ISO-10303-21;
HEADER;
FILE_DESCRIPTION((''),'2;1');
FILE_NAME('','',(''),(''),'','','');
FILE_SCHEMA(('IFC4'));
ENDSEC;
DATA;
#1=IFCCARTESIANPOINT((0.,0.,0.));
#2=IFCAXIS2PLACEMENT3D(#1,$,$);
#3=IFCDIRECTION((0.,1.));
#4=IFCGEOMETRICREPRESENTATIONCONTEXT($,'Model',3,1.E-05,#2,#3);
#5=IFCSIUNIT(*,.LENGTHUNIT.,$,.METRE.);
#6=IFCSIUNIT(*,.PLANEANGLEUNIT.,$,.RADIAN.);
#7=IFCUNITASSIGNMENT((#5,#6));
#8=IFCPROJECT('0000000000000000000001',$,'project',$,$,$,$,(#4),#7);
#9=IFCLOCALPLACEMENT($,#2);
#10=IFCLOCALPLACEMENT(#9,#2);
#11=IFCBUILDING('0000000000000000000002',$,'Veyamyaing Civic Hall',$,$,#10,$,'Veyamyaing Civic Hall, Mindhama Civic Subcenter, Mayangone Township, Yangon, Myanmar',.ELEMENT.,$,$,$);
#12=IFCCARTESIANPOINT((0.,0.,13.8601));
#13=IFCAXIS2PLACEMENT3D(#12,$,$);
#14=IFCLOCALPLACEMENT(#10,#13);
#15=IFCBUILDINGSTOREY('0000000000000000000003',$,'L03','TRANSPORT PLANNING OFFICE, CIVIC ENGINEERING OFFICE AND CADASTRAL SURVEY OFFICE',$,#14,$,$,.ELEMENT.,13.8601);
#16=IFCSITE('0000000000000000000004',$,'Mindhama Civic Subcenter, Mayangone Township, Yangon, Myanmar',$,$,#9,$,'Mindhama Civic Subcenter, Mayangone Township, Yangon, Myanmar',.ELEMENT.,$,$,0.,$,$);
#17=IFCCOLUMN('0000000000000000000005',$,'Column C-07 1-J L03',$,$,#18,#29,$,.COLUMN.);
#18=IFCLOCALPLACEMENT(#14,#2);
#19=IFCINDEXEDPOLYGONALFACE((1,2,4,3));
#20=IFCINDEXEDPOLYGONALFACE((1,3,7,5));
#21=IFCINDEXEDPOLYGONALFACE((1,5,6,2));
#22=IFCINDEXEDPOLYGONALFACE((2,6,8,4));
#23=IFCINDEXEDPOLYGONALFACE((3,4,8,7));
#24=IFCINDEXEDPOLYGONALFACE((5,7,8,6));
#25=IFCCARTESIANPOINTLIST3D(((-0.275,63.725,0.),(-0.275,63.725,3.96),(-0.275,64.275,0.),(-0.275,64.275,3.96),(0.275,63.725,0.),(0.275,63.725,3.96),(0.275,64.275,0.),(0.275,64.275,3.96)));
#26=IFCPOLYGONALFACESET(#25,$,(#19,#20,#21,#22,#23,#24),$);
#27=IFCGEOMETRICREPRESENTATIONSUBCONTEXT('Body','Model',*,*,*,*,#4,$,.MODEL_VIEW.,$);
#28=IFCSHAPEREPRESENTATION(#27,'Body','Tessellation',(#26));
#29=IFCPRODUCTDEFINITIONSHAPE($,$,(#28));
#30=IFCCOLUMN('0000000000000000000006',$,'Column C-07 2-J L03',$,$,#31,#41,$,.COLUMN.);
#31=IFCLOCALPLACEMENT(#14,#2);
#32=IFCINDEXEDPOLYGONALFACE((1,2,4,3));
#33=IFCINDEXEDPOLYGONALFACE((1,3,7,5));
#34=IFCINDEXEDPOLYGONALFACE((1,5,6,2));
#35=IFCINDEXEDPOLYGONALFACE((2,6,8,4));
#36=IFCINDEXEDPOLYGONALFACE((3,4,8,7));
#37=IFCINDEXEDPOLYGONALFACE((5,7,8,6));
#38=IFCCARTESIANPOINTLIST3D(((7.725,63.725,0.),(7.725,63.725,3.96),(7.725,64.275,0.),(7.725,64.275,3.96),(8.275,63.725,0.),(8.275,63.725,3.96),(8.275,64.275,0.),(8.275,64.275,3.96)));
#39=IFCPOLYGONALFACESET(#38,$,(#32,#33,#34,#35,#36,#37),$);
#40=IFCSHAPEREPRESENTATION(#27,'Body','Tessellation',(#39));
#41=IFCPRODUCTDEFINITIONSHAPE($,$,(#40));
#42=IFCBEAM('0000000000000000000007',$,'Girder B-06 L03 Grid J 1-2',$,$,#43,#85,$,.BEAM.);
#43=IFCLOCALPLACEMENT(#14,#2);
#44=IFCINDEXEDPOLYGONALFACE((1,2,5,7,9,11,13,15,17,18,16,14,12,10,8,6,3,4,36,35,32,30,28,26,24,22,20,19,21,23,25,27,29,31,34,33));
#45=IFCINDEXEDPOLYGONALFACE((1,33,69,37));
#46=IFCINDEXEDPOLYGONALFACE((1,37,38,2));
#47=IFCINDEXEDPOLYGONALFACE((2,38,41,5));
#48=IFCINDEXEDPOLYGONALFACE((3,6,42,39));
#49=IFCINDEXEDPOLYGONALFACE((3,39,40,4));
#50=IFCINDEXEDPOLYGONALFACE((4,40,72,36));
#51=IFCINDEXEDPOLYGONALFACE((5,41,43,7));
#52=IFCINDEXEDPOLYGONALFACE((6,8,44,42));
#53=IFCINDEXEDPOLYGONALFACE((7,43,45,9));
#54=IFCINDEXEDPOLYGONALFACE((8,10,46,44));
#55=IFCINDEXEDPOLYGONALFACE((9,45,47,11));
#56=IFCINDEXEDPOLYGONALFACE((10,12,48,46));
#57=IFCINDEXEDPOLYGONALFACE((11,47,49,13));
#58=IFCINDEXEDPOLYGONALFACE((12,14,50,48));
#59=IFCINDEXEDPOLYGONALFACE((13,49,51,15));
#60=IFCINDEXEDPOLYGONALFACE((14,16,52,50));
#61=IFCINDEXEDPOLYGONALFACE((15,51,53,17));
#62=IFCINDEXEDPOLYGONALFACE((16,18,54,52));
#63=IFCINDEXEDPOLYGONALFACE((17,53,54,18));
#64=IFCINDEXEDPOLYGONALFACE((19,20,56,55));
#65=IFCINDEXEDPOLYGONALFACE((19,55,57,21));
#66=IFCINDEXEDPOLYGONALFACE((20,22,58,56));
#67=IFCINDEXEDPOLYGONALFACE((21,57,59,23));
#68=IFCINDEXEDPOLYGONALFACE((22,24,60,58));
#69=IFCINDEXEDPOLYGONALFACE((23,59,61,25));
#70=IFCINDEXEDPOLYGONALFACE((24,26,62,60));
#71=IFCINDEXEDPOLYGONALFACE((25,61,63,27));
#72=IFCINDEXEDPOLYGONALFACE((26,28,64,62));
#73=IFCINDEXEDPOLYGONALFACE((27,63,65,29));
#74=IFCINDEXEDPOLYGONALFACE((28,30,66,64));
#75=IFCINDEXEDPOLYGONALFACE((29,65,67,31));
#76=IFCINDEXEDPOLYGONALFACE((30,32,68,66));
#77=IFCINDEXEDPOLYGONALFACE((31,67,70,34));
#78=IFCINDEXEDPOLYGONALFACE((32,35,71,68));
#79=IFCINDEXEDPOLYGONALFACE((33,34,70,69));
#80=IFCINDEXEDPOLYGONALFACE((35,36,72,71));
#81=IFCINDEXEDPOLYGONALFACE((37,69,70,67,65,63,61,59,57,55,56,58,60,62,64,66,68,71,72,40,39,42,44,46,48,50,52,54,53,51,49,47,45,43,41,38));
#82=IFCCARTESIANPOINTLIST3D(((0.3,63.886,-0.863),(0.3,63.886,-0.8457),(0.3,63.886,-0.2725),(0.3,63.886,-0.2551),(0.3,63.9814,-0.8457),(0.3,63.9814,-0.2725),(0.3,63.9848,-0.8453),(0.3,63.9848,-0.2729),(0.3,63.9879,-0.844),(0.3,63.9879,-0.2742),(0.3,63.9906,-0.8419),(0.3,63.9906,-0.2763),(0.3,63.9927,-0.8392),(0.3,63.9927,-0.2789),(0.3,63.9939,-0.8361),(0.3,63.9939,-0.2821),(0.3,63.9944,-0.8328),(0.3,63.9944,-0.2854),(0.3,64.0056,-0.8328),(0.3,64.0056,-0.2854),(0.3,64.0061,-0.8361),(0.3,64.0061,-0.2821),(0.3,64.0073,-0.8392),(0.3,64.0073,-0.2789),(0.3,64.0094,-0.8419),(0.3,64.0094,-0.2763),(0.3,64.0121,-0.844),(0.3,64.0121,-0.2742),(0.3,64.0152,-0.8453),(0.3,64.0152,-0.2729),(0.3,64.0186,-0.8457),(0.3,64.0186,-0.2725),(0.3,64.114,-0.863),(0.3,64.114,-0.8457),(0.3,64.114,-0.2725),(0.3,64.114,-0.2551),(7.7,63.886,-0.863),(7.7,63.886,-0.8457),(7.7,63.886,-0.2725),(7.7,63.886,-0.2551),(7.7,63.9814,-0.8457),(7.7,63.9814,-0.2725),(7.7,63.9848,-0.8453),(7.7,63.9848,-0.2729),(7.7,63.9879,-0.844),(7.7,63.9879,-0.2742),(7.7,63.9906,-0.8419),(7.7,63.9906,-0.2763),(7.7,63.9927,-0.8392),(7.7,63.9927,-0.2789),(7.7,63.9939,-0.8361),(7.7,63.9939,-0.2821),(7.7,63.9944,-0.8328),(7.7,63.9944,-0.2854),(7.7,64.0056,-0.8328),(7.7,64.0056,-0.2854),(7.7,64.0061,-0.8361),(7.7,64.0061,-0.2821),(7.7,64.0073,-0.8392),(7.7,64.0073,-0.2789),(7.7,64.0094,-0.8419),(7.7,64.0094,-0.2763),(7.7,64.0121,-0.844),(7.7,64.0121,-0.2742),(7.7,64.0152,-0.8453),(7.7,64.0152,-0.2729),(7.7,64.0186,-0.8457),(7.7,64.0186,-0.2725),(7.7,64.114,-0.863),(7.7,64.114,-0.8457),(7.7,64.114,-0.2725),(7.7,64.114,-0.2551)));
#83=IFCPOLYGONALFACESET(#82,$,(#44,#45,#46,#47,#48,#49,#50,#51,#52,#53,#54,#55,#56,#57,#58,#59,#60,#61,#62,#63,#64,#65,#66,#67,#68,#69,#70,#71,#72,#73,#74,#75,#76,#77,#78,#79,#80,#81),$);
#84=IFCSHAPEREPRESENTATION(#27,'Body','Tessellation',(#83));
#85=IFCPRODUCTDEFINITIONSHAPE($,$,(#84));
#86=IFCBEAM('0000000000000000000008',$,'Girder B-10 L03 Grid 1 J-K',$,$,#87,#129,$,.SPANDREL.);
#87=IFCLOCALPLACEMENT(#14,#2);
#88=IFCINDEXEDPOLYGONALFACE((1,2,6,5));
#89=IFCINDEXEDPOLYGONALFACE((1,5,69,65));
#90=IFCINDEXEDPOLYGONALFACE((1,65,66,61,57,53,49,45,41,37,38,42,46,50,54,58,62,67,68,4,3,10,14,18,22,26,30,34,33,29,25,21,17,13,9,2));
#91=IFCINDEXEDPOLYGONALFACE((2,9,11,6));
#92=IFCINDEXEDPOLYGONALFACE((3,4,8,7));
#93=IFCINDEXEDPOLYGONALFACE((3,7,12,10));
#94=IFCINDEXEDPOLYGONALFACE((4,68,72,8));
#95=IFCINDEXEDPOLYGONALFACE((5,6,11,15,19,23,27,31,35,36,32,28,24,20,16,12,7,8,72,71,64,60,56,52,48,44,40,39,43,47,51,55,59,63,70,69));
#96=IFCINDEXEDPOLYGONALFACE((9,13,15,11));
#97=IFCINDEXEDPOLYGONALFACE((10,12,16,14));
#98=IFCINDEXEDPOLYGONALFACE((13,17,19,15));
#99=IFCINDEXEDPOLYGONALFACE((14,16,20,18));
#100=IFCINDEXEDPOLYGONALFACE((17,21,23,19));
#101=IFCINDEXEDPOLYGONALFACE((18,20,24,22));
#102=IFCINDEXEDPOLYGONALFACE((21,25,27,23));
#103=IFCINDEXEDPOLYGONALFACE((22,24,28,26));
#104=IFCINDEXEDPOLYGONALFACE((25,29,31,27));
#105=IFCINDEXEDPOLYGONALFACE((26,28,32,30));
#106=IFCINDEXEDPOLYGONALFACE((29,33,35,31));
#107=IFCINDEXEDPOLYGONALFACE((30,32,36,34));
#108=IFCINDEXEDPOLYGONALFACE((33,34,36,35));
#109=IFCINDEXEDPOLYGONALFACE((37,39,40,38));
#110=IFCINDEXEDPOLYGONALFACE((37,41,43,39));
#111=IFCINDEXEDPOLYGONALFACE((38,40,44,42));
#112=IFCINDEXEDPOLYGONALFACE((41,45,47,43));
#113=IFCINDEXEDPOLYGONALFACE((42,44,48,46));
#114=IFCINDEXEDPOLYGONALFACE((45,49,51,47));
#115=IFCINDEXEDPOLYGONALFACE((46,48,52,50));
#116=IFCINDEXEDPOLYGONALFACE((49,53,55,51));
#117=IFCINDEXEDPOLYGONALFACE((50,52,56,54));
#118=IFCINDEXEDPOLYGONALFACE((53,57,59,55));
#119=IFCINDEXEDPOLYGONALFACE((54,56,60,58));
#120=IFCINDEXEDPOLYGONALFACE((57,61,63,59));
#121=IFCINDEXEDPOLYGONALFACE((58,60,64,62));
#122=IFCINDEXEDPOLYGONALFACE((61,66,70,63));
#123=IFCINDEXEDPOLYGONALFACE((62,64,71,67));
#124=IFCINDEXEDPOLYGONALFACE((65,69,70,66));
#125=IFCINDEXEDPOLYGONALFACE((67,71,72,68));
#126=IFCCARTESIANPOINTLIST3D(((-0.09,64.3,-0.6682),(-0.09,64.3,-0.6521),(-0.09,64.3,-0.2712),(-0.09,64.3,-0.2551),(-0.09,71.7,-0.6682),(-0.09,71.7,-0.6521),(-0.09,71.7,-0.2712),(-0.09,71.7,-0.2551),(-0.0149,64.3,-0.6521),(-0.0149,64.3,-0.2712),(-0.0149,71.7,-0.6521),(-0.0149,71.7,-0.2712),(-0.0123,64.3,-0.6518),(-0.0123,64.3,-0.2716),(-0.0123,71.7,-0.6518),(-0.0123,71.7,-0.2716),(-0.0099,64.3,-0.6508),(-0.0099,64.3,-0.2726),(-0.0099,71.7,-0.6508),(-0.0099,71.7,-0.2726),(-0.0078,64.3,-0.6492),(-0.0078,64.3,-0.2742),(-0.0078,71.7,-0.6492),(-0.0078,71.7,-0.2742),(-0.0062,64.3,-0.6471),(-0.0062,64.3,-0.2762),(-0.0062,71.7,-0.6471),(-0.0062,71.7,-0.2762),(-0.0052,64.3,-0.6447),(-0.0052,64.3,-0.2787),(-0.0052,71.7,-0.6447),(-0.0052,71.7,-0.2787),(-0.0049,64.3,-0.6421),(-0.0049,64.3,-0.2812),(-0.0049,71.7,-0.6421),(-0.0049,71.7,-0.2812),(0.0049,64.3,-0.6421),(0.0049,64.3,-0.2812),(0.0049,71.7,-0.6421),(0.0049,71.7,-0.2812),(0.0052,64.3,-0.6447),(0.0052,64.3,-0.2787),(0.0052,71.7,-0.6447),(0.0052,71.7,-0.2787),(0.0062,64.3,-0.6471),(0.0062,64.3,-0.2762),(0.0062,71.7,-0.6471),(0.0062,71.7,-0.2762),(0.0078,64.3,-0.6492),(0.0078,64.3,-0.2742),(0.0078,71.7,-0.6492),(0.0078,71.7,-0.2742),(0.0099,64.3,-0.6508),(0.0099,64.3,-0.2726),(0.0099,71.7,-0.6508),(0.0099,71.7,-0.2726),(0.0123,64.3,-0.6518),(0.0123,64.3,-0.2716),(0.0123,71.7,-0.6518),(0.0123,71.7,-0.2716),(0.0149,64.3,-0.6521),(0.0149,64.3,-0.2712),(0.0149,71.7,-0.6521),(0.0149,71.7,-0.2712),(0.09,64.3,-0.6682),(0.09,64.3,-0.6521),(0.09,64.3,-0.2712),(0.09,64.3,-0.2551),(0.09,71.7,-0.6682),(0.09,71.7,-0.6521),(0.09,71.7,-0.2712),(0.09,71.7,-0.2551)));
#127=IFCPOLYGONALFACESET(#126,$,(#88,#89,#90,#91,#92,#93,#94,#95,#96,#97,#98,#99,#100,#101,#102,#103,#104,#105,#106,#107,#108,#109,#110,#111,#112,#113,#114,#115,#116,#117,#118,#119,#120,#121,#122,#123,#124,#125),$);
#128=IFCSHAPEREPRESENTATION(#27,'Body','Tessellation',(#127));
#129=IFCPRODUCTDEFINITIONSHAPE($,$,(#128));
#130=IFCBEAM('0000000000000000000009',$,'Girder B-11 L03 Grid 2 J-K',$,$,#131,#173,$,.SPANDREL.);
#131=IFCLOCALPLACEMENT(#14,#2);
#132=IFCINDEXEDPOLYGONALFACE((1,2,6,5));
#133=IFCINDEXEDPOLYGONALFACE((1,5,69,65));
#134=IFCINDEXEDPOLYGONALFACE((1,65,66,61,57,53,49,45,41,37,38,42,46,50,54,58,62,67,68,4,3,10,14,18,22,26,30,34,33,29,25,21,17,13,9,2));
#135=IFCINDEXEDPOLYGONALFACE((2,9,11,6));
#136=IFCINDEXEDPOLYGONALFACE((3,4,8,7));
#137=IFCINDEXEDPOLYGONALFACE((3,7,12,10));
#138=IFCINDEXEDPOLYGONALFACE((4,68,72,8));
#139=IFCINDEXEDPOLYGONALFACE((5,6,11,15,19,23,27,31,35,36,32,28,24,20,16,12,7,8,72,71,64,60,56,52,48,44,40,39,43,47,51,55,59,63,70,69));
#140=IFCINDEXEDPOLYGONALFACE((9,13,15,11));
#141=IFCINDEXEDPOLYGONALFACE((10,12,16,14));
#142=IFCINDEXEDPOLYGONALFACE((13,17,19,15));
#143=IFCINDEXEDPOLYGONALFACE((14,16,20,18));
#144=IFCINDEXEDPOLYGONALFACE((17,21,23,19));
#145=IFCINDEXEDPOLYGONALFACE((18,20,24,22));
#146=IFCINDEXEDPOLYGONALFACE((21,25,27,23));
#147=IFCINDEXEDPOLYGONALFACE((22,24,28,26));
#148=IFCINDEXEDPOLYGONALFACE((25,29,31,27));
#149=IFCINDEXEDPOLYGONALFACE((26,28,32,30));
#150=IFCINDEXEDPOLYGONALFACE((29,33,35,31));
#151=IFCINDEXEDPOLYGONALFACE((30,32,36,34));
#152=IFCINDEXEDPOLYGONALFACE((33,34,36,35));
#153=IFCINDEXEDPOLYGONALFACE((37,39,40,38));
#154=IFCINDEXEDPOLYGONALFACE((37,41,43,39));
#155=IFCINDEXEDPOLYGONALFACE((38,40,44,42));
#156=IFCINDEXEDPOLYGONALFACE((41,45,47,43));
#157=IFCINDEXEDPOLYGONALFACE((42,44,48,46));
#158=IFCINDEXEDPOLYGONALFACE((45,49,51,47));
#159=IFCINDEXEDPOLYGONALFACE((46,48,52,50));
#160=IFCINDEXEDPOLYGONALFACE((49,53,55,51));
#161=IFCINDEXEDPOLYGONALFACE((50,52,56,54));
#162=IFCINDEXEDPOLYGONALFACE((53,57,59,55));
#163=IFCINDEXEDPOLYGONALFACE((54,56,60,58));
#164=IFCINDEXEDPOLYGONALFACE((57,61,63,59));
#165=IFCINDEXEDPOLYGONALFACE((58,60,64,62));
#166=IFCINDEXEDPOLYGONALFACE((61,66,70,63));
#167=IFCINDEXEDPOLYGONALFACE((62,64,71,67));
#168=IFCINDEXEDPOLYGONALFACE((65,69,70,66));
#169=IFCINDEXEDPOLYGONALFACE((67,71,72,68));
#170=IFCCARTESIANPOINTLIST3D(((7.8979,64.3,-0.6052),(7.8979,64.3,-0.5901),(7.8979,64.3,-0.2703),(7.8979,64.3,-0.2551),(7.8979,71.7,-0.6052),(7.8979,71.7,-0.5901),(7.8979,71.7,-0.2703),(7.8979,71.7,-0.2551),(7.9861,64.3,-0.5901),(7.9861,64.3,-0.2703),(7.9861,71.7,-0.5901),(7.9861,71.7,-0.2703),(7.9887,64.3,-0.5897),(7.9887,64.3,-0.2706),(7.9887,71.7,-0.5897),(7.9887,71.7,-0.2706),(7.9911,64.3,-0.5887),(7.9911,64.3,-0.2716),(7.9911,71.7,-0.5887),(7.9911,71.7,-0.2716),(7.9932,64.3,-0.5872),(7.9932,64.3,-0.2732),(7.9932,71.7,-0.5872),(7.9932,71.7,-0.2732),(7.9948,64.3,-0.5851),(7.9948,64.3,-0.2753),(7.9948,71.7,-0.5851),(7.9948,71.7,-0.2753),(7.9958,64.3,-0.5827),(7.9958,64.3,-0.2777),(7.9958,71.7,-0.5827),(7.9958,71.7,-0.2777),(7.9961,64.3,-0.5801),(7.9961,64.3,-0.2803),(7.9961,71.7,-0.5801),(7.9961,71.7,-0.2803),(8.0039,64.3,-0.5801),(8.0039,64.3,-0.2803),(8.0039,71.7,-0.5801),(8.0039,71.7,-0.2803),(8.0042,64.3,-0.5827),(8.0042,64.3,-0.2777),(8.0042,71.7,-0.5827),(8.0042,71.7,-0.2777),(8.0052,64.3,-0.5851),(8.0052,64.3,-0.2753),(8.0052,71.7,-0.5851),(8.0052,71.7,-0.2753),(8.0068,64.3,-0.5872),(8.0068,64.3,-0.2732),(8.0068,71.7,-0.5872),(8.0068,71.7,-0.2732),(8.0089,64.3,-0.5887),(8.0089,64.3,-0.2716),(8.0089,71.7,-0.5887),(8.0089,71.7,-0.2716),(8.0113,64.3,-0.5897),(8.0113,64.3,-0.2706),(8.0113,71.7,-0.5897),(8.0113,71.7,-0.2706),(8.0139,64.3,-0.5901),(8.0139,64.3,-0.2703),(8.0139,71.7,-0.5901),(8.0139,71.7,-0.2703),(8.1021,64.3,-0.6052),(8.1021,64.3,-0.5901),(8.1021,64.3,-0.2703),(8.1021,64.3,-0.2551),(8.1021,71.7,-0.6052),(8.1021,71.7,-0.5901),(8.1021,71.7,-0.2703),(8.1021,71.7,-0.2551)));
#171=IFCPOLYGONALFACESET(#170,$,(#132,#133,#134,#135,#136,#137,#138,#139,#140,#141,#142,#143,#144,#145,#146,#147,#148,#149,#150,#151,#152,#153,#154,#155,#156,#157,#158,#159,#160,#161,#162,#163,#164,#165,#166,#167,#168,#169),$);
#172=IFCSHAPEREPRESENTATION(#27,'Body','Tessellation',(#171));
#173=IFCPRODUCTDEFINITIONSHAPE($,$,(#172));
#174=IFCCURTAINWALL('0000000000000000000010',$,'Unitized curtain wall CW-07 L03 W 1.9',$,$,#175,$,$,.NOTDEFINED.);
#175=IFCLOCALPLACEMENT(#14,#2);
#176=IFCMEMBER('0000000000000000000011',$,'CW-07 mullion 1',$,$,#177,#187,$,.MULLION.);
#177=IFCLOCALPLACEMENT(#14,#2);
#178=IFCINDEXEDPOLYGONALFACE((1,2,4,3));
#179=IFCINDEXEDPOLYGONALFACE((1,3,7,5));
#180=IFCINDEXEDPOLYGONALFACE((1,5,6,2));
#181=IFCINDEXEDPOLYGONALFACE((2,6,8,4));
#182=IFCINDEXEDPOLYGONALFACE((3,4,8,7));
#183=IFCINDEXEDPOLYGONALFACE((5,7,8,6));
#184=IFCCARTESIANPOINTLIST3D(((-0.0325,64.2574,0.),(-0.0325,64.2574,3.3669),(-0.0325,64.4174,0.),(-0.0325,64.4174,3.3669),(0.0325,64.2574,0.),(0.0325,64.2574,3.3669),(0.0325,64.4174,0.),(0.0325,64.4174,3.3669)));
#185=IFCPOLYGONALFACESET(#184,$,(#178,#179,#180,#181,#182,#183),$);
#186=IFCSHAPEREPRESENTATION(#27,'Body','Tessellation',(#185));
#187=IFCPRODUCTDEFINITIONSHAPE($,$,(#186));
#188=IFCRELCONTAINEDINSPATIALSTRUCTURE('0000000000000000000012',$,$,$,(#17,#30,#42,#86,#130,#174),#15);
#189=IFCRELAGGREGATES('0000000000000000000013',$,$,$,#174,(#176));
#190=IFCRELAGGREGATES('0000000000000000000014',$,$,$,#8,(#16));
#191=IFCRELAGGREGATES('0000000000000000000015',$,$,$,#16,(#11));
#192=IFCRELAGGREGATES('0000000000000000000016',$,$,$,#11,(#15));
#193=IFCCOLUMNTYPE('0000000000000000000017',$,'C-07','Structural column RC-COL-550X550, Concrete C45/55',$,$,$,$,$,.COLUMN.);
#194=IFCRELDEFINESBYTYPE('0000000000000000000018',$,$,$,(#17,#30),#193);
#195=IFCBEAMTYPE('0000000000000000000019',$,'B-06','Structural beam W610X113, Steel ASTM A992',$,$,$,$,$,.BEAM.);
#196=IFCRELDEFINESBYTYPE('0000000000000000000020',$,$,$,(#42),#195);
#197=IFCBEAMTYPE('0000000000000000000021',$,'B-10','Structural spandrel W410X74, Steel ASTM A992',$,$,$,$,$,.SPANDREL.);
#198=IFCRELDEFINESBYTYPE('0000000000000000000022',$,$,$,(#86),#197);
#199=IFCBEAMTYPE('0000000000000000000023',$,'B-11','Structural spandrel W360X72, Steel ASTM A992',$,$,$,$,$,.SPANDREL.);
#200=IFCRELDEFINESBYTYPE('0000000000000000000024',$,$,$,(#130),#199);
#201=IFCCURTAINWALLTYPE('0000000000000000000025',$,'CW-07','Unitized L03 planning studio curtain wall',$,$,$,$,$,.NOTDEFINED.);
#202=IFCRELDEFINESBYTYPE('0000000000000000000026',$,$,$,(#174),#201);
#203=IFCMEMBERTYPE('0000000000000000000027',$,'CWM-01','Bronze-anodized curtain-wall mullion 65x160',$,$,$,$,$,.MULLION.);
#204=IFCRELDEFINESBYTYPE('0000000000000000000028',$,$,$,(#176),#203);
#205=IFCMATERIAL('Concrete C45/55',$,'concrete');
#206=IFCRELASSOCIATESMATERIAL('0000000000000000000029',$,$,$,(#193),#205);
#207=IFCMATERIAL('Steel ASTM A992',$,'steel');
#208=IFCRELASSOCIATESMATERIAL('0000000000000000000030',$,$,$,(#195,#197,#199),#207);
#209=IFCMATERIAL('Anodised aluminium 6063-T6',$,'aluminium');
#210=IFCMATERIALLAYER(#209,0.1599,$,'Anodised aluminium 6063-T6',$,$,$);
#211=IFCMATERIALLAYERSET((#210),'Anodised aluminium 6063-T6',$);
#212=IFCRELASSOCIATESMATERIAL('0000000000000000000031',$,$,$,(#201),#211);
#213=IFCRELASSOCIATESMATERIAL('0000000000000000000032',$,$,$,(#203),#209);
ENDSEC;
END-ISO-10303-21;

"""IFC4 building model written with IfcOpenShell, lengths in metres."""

from ifc_helpers import new_model, si_unit, direction, frame, origin, origin_2d, place, context, subcontext, project, spatial, rectangle, i_section, extrude, material, layer, layer_set, material_profile, profile_set, type_object, element, aggregate, save


model = new_model("IFC4")

# Units and contexts
model_context = context("Model", 3, precision=1e-05, world=origin(), true_north=direction((0.0, 1.0)))
body_context = subcontext(model_context, "Body", "Model", "MODEL_VIEW")
ifc_project = project(units=[si_unit("LENGTHUNIT", "METRE"), si_unit("PLANEANGLEUNIT", "RADIAN")], contexts=[model_context])

# Site, building, storey
site_placement = place(None, origin())
site = spatial("IfcSite", under=ifc_project, at=site_placement, Name="Mindhama Civic Subcenter, Mayangone Township, Yangon, Myanmar", LongName="Mindhama Civic Subcenter, Mayangone Township, Yangon, Myanmar", CompositionType="ELEMENT", RefElevation=0.0)
building_placement = place(site_placement, origin())
building = spatial("IfcBuilding", under=site, at=building_placement, Name="Veyamyaing Civic Hall", LongName="Veyamyaing Civic Hall, Mindhama Civic Subcenter, Mayangone Township, Yangon, Myanmar", CompositionType="ELEMENT")
storey_placement = place(building_placement, frame((0.0, 0.0, 13.8601)))
storey = spatial("IfcBuildingStorey", under=building, at=storey_placement, Name="L03", Description="TRANSPORT PLANNING OFFICE, CIVIC ENGINEERING OFFICE AND CADASTRAL SURVEY OFFICE", CompositionType="ELEMENT", Elevation=13.8601)

# Columns
ifc_material_1 = material(Name="Concrete C45/55", Category="concrete")
ifc_material_profile_1 = material_profile(ifc_material_1, rectangle(XDim=0.55, YDim=0.55, at=origin_2d()), Name="RC-COL-550X550")
ifc_profile_set_1 = profile_set([ifc_material_profile_1], Name="Concrete C45/55")
column_type = type_object("IfcColumnType", Name="C-07", Description="Structural column RC-COL-550X550, Concrete C45/55", PredefinedType="COLUMN", material=ifc_profile_set_1)
for number, where, z_axis, x_axis, name in (
    (1, (0.0, 64.0, 0.0), (0.0, 0.0, 1.0), (1.0, 0.0, 0.0), "Column C-07 1-J L03"),
    (2, (8.0, 64.0, 0.0), (0.0, 0.0, 1.0), (1.0, 0.0, 0.0), "Column C-07 2-J L03"),
):
    element("IfcColumn", number, at=place(storey_placement, frame(where, z_axis=z_axis, x_axis=x_axis)), inside=storey, type_object=column_type, Name=name, PredefinedType="COLUMN", context=body_context, shape_type="SweptSolid", body=[
        extrude(rectangle(XDim=0.55, YDim=0.55, at=origin_2d()), origin(), (0.0, 0.0, 1.0), 3.96),
    ])

# Beams
ifc_material_2 = material(Name="Steel ASTM A992", Category="steel")
ifc_material_profile_2 = material_profile(ifc_material_2, i_section(OverallWidth=0.228, OverallDepth=0.6079, WebThickness=0.0112, FlangeThickness=0.0173, FilletRadius=0.0129, at=origin_2d()), Name="W610X113")
ifc_profile_set_2 = profile_set([ifc_material_profile_2], Name="Steel ASTM A992")
beam_type_1 = type_object("IfcBeamType", Name="B-06", Description="Structural beam W610X113, Steel ASTM A992", PredefinedType="BEAM", material=ifc_profile_set_2)
beam_1_placement = place(storey_placement, frame((0.3, 64.0, -0.5591), z_axis=(1.0, 0.0, 0.0), x_axis=(0.0, 1.0, 0.0)))
element("IfcBeam", 3, at=beam_1_placement, inside=storey, type_object=beam_type_1, Name="Girder B-06 L03 Grid J 1-2", PredefinedType="BEAM", context=body_context, shape_type="SweptSolid", body=[
    extrude(i_section(OverallWidth=0.228, OverallDepth=0.6079, WebThickness=0.0112, FlangeThickness=0.0173, FilletRadius=0.0129, at=origin_2d()), origin(), (0.0, 0.0, 1.0), 7.3999),
])
ifc_material_profile_3 = material_profile(ifc_material_2, i_section(OverallWidth=0.1799, OverallDepth=0.4131, WebThickness=0.0098, FlangeThickness=0.0161, FilletRadius=0.01, at=origin_2d()), Name="W410X74")
ifc_profile_set_3 = profile_set([ifc_material_profile_3], Name="Steel ASTM A992")
beam_type_2 = type_object("IfcBeamType", Name="B-10", Description="Structural spandrel W410X74, Steel ASTM A992", PredefinedType="SPANDREL", material=ifc_profile_set_3)
beam_2_placement = place(storey_placement, frame((0.0, 64.3, -0.4617), z_axis=(0.0, 1.0, 0.0), x_axis=(-1.0, 0.0, 0.0)))
element("IfcBeam", 4, at=beam_2_placement, inside=storey, type_object=beam_type_2, Name="Girder B-10 L03 Grid 1 J-K", PredefinedType="SPANDREL", context=body_context, shape_type="SweptSolid", body=[
    extrude(i_section(OverallWidth=0.1799, OverallDepth=0.4131, WebThickness=0.0098, FlangeThickness=0.0161, FilletRadius=0.01, at=origin_2d()), origin(), (0.0, 0.0, 1.0), 7.3999),
])
ifc_material_profile_4 = material_profile(ifc_material_2, i_section(OverallWidth=0.2041, OverallDepth=0.3501, WebThickness=0.0078, FlangeThickness=0.0151, FilletRadius=0.01, at=origin_2d()), Name="W360X72")
ifc_profile_set_4 = profile_set([ifc_material_profile_4], Name="Steel ASTM A992")
beam_type_3 = type_object("IfcBeamType", Name="B-11", Description="Structural spandrel W360X72, Steel ASTM A992", PredefinedType="SPANDREL", material=ifc_profile_set_4)
beam_3_placement = place(storey_placement, frame((8.0, 64.3, -0.4302), z_axis=(0.0, 1.0, 0.0), x_axis=(-1.0, 0.0, 0.0)))
element("IfcBeam", 5, at=beam_3_placement, inside=storey, type_object=beam_type_3, Name="Girder B-11 L03 Grid 2 J-K", PredefinedType="SPANDREL", context=body_context, shape_type="SweptSolid", body=[
    extrude(i_section(OverallWidth=0.2041, OverallDepth=0.3501, WebThickness=0.0078, FlangeThickness=0.0151, FilletRadius=0.01, at=origin_2d()), origin(), (0.0, 0.0, 1.0), 7.3999),
])

# Curtain wall, member
ifc_material_3 = material(Name="Anodised aluminium 6063-T6", Category="aluminium")
ifc_layer_1 = layer(ifc_material_3, 0.1599, Name="Anodised aluminium 6063-T6")
ifc_layer_set_1 = layer_set([ifc_layer_1], Name="Anodised aluminium 6063-T6")
curtain_wall_type = type_object("IfcCurtainWallType", Name="CW-07", Description="Unitized L03 planning studio curtain wall", PredefinedType="NOTDEFINED", material=ifc_layer_set_1)
curtain_wall_1_placement = place(storey_placement, origin())
curtain_wall_1 = element("IfcCurtainWall", 6, at=curtain_wall_1_placement, inside=storey, type_object=curtain_wall_type, Name="Unitized curtain wall CW-07 L03 W 1.9", PredefinedType="NOTDEFINED")
ifc_material_profile_5 = material_profile(ifc_material_3, rectangle(XDim=0.0649, YDim=0.1599, at=origin_2d()), Name="ALU-MUL-65X160")
ifc_profile_set_5 = profile_set([ifc_material_profile_5], Name="Anodised aluminium 6063-T6")
member_type_1 = type_object("IfcMemberType", Name="CWM-01", Description="Bronze-anodized curtain-wall mullion 65x160", PredefinedType="MULLION", material=ifc_profile_set_5)
member_1_placement = place(storey_placement, frame((0.0, 64.3374, 0.0), z_axis=(0.0, 0.0, 1.0), x_axis=(-1.0, 0.0, 0.0)))
member_1 = element("IfcMember", 7, at=member_1_placement, type_object=member_type_1, Name="CW-07 mullion 1", PredefinedType="MULLION", context=body_context, shape_type="SweptSolid", body=[
    extrude(rectangle(XDim=0.0649, YDim=0.1599, at=origin_2d()), origin(), (0.0, 0.0, 1.0), 3.3669),
])

aggregate(curtain_wall_1, [member_1])

save(model, "model.ifc")
